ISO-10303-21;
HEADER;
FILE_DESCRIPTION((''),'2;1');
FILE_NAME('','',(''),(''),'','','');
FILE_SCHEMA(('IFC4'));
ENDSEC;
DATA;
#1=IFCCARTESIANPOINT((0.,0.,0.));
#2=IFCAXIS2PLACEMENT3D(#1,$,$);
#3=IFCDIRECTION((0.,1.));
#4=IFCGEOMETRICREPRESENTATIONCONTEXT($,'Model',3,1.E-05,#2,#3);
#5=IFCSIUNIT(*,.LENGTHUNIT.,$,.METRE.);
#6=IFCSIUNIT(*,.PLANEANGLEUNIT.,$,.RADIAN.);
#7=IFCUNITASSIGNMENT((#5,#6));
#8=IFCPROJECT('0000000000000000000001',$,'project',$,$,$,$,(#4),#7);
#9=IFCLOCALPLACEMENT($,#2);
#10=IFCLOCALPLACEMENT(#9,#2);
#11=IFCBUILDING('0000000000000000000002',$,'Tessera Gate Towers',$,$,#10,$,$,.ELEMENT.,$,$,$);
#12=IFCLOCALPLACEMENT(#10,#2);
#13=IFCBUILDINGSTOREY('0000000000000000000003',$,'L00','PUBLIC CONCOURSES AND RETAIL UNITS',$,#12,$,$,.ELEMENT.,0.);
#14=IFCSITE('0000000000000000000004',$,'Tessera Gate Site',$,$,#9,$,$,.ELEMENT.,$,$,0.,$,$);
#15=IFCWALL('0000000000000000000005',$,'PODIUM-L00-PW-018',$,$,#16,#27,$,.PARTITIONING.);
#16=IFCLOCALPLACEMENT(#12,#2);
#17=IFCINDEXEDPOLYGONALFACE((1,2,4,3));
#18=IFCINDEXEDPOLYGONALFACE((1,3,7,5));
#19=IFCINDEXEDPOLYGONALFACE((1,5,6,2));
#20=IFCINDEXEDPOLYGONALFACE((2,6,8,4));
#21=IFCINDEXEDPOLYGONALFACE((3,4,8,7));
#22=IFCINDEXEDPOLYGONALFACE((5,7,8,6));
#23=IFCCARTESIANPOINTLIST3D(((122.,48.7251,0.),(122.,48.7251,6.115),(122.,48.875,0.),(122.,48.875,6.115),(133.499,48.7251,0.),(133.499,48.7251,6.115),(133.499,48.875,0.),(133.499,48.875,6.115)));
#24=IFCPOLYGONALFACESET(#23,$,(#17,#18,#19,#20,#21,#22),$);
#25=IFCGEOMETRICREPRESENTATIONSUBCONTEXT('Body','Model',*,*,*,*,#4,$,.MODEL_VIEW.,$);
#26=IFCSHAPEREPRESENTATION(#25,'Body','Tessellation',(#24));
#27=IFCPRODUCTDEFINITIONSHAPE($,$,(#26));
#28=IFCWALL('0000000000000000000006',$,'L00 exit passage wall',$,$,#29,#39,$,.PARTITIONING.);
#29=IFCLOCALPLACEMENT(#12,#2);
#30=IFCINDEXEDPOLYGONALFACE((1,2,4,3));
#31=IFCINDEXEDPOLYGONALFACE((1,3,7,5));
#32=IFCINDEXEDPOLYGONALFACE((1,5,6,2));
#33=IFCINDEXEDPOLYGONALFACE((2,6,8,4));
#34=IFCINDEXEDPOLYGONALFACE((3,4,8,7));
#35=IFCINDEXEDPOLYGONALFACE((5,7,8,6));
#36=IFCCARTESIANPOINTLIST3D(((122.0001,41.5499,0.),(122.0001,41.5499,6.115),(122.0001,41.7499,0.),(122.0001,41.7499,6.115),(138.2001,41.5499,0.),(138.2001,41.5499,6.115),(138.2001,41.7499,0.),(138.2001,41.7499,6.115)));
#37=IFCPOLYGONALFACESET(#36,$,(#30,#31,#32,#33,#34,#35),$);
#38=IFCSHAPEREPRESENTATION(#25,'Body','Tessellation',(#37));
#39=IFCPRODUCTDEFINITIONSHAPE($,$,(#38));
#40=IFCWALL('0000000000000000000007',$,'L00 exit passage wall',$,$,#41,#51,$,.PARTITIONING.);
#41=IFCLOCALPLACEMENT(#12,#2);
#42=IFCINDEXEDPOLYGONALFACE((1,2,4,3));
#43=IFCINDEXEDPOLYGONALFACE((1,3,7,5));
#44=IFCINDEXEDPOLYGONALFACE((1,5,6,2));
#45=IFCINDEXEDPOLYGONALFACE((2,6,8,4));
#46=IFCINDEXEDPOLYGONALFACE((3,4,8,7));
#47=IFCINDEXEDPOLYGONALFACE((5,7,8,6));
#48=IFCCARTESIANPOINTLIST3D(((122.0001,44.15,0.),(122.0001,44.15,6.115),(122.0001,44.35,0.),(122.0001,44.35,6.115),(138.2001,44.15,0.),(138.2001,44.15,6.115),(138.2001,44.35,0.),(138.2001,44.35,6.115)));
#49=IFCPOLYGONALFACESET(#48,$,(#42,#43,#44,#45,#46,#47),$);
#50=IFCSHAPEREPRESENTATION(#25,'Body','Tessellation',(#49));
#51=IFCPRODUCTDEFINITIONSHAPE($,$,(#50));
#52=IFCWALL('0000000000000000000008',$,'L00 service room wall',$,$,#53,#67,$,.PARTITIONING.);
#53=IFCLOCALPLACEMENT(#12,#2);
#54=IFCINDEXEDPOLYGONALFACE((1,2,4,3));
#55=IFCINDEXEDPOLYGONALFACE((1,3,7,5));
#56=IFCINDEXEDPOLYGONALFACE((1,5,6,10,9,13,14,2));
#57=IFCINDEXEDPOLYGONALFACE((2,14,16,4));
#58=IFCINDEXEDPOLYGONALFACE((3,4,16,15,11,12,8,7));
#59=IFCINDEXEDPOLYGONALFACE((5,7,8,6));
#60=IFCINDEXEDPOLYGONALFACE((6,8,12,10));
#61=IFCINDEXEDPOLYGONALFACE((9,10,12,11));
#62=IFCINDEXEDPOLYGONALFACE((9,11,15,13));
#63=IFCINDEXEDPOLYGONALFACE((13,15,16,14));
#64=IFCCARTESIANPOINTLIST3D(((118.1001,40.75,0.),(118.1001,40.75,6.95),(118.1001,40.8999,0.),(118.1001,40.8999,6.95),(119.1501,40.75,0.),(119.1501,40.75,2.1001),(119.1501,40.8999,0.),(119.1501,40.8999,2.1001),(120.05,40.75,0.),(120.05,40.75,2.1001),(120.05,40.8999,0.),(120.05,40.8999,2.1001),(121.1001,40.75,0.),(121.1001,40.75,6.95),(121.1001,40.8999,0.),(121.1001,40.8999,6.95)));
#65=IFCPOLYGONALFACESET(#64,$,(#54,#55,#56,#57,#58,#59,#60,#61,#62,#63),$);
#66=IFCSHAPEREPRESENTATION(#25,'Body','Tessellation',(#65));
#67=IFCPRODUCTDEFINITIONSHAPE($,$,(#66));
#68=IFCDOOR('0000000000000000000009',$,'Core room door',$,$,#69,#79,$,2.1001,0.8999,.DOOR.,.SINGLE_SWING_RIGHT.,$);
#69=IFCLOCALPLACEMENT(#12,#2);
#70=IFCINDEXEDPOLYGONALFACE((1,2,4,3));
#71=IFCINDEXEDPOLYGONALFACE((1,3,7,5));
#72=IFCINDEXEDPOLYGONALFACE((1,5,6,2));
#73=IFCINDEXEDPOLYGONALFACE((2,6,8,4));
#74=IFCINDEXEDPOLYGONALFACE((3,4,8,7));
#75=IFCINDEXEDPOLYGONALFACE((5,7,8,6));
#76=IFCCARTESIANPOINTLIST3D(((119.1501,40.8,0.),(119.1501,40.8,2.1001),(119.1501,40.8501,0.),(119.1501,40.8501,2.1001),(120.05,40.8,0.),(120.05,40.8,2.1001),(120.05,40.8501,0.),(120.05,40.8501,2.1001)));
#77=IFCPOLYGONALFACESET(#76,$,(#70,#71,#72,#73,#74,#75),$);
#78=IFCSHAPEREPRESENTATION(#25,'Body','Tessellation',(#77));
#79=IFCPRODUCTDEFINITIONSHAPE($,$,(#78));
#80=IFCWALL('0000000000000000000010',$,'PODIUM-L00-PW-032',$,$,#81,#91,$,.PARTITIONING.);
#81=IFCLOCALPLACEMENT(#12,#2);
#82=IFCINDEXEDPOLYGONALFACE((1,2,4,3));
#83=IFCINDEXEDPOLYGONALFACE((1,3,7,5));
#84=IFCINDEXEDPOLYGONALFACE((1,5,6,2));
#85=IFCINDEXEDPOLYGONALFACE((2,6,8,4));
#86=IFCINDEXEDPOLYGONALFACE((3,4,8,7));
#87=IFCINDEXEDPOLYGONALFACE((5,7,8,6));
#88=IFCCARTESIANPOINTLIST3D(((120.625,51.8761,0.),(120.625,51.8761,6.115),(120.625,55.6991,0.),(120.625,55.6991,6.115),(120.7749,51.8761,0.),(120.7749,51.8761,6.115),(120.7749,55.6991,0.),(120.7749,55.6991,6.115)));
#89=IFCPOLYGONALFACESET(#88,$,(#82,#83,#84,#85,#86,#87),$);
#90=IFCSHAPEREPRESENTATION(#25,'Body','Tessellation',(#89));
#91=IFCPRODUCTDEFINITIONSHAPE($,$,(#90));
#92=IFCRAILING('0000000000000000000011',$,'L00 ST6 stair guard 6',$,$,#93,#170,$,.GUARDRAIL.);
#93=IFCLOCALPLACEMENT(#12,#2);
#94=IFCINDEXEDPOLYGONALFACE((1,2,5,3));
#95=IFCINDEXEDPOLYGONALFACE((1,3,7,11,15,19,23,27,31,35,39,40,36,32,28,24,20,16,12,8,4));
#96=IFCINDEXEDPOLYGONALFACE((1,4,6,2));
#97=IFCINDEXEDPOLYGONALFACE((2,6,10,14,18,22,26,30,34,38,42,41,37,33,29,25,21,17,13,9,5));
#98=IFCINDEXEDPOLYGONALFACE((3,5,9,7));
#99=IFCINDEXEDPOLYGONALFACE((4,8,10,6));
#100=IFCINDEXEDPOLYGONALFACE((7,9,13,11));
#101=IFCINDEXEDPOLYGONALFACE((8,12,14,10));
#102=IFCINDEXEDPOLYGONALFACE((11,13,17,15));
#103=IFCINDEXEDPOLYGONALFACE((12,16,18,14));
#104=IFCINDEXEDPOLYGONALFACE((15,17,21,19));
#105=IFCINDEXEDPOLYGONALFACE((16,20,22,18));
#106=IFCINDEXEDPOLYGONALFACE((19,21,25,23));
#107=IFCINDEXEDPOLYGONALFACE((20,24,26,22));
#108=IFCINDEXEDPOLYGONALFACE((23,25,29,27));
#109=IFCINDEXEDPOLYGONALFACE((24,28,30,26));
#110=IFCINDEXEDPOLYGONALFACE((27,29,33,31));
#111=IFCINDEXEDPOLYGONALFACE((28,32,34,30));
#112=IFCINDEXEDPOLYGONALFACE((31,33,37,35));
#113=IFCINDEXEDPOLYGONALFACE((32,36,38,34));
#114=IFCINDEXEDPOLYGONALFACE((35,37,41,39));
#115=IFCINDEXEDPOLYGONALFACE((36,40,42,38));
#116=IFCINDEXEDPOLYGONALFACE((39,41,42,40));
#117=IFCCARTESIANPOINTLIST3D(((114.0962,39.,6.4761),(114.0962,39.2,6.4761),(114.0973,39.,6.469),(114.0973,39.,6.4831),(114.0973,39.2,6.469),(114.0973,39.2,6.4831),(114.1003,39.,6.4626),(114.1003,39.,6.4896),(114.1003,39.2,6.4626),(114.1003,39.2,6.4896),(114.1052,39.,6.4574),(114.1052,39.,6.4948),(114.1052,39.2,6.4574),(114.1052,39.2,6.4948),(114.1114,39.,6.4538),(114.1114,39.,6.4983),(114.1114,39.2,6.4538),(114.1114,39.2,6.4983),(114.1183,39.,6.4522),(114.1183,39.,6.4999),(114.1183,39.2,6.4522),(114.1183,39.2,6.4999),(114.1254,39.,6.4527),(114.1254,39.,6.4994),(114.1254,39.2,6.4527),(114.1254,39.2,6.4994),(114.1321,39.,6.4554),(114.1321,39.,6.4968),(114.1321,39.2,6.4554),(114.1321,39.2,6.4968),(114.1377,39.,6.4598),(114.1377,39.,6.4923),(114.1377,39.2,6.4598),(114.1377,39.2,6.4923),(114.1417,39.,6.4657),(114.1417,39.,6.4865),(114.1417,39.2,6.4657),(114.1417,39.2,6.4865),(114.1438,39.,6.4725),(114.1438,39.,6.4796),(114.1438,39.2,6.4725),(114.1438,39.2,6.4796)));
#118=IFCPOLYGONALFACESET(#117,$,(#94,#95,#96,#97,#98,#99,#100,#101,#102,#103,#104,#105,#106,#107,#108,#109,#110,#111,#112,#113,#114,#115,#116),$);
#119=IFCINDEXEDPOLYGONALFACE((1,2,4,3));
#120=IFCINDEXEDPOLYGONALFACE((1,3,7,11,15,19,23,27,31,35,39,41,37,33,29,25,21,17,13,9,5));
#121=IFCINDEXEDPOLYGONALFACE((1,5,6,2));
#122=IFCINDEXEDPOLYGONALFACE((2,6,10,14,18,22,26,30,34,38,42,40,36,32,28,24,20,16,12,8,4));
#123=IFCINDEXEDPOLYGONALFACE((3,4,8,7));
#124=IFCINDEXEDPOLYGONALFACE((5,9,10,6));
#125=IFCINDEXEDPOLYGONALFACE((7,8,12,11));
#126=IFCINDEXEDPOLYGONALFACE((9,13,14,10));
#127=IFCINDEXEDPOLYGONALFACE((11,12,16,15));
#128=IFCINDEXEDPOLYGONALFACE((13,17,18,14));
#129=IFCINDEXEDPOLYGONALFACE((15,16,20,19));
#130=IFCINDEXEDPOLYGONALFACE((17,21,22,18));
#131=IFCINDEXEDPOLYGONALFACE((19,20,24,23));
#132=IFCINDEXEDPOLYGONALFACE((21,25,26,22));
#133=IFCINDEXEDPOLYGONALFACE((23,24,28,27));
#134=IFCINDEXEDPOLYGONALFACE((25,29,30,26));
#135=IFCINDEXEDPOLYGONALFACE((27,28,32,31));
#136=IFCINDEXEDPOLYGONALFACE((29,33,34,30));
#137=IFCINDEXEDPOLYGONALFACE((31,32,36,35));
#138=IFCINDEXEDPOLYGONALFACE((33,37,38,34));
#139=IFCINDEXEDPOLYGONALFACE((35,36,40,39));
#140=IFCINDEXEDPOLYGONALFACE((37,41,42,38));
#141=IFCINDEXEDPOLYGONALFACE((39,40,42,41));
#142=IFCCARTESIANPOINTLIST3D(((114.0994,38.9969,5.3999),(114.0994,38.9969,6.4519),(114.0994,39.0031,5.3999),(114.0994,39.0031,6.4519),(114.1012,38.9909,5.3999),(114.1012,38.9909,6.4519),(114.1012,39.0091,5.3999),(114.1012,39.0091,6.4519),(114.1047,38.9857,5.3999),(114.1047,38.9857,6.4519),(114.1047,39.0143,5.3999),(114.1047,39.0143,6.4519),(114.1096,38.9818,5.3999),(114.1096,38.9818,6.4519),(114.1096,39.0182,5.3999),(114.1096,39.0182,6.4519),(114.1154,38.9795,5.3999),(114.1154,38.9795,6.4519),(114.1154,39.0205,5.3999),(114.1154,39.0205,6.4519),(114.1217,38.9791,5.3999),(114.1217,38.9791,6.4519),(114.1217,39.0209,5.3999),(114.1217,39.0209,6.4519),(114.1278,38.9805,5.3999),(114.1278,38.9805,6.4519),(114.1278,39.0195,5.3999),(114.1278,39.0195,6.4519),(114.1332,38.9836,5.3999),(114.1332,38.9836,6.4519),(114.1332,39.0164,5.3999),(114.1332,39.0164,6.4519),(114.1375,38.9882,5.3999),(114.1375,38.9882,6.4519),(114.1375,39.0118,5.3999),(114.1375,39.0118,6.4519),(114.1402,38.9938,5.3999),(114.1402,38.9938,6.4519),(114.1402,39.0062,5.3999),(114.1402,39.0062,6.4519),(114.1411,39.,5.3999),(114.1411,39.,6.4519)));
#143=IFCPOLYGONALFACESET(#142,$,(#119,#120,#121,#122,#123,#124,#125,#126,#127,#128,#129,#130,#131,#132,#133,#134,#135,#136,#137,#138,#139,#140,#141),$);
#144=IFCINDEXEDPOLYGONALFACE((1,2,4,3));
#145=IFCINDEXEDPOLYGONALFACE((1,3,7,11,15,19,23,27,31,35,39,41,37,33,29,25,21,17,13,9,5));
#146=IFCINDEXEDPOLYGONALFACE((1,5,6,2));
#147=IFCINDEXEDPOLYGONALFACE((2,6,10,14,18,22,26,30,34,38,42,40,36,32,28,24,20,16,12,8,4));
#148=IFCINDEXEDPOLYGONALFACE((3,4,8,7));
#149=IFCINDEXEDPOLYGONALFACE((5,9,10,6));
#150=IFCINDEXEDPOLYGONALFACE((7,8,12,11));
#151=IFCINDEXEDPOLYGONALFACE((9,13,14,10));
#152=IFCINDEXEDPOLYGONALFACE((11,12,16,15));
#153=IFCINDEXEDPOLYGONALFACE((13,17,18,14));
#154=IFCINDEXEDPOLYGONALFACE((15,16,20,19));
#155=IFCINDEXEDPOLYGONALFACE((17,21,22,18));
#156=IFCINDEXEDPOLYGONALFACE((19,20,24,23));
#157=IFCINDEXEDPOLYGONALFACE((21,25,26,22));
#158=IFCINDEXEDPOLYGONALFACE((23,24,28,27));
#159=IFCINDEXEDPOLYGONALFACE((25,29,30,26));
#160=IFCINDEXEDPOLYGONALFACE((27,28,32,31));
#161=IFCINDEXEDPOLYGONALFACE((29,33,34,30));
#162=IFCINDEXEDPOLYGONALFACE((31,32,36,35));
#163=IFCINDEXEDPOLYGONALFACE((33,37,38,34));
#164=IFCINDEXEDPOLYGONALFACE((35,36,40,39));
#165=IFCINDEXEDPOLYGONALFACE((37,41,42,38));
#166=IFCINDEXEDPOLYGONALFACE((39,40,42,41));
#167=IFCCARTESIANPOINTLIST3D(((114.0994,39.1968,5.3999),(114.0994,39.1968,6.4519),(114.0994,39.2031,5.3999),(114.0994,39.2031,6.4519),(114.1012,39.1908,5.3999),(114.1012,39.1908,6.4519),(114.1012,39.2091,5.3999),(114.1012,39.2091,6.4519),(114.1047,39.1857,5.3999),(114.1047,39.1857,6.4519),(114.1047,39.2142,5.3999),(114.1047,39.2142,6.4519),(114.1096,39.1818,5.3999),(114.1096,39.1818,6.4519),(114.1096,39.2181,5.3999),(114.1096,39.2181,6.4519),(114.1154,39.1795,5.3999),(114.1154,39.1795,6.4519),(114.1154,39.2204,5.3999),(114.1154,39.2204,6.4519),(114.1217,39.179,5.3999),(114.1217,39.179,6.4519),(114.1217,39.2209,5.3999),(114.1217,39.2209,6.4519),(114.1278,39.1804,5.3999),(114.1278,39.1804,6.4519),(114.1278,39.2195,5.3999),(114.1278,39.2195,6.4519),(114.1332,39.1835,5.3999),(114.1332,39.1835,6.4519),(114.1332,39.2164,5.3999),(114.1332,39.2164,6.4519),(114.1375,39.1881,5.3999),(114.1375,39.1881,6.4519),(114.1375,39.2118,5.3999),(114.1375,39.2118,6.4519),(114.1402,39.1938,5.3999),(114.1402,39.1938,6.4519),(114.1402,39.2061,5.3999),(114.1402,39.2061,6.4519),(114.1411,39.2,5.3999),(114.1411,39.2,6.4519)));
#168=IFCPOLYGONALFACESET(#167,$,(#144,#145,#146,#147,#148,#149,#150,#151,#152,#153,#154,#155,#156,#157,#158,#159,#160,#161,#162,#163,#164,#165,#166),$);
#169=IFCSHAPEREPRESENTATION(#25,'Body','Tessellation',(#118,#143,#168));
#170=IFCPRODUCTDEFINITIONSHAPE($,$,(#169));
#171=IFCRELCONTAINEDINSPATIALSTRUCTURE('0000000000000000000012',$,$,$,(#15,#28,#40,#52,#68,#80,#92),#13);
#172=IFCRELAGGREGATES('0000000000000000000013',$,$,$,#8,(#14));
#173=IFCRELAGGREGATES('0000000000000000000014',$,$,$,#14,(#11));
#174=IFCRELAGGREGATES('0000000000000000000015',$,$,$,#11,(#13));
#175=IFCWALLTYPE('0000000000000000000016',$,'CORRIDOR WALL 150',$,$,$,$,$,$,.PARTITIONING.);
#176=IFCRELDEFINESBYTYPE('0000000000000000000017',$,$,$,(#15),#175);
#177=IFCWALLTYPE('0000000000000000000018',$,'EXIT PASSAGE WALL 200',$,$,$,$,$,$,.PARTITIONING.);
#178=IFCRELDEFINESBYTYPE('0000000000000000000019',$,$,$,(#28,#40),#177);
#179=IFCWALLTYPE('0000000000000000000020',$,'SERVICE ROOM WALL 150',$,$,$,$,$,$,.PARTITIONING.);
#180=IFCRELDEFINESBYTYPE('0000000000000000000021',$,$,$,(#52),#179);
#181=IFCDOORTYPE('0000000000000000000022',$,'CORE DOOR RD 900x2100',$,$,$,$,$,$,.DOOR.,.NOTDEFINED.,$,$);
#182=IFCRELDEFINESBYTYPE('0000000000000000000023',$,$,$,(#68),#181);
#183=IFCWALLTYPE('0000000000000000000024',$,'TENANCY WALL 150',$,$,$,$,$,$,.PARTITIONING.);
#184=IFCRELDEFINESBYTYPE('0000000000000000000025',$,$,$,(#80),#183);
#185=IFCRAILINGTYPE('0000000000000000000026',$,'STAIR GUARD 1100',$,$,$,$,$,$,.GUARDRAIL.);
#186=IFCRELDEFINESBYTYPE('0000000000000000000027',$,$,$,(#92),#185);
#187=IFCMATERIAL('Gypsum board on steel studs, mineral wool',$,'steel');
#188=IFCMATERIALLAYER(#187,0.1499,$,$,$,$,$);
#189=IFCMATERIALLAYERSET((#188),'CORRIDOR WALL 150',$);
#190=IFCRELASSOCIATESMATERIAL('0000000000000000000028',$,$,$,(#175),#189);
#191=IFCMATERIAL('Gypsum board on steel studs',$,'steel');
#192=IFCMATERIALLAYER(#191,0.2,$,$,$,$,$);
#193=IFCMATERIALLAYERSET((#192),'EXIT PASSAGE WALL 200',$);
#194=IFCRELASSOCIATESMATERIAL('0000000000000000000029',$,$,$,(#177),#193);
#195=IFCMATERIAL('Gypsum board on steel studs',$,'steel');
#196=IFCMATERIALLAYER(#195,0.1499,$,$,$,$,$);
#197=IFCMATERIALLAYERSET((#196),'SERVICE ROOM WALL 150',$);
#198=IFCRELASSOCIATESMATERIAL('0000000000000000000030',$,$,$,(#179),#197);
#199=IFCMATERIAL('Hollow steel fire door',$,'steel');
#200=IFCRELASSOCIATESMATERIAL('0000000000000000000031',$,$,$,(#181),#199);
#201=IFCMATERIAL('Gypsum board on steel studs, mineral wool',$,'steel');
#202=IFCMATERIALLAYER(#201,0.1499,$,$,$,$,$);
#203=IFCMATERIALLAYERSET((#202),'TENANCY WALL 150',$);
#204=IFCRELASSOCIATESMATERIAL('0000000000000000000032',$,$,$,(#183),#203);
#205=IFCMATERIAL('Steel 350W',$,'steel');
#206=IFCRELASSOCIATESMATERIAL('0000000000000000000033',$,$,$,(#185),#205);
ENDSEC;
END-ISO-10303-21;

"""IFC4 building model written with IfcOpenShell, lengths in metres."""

from ifc_helpers import new_model, si_unit, direction, frame, frame_2d, origin, origin_2d, place, context, subcontext, project, spatial, rectangle, circle, extrude, source, transform, mapped, material, layer, layer_set, type_object, element, fill, save


model = new_model("IFC4")

# Units and contexts
model_context = context("Model", 3, precision=1e-05, world=origin(), true_north=direction((0.0, 1.0)))
body_context = subcontext(model_context, "Body", "Model", "MODEL_VIEW")
ifc_project = project(units=[si_unit("LENGTHUNIT", "METRE"), si_unit("PLANEANGLEUNIT", "RADIAN")], contexts=[model_context])

# Site, building, storey
site_placement = place(None, origin())
site = spatial("IfcSite", under=ifc_project, at=site_placement, Name="Tessera Gate Site", CompositionType="ELEMENT", RefElevation=0.0)
building_placement = place(site_placement, origin())
building = spatial("IfcBuilding", under=site, at=building_placement, Name="Tessera Gate Towers", CompositionType="ELEMENT")
storey_placement = place(building_placement, origin())
storey = spatial("IfcBuildingStorey", under=building, at=storey_placement, Name="L00", Description="PUBLIC CONCOURSES AND RETAIL UNITS", CompositionType="ELEMENT", Elevation=0.0)

# Walls
ifc_material_1 = material(Name="Gypsum board on steel studs, mineral wool", Category="steel")
ifc_layer_1 = layer(ifc_material_1, 0.1499)
ifc_layer_set_1 = layer_set([ifc_layer_1], Name="CORRIDOR WALL 150")
wall_type_1 = type_object("IfcWallType", Name="CORRIDOR WALL 150", PredefinedType="PARTITIONING", material=ifc_layer_set_1)
wall_1_placement = place(storey_placement, frame((122.0, 48.8, 0.0), z_axis=(0.0, 0.0, 1.0), x_axis=(1.0, 0.0, 0.0)))
element("IfcWall", 1, at=wall_1_placement, inside=storey, type_object=wall_type_1, Name="PODIUM-L00-PW-018", PredefinedType="PARTITIONING", context=body_context, shape_type="SweptSolid", body=[
    extrude(rectangle(XDim=11.499, YDim=0.1499, at=frame_2d((5.7495, 0.0))), origin(), (0.0, 0.0, 1.0), 6.115),
])
ifc_material_2 = material(Name="Gypsum board on steel studs", Category="steel")
ifc_layer_2 = layer(ifc_material_2, 0.2)
ifc_layer_set_2 = layer_set([ifc_layer_2], Name="EXIT PASSAGE WALL 200")
wall_type_2 = type_object("IfcWallType", Name="EXIT PASSAGE WALL 200", PredefinedType="PARTITIONING", material=ifc_layer_set_2)
for number, where, z_axis, x_axis, name in (
    (2, (122.0, 41.6499, 0.0), (0.0, 0.0, 1.0), (1.0, 0.0, 0.0), "L00 exit passage wall"),
    (3, (122.0, 44.25, 0.0), (0.0, 0.0, 1.0), (1.0, 0.0, 0.0), "L00 exit passage wall"),
):
    element("IfcWall", number, at=place(storey_placement, frame(where, z_axis=z_axis, x_axis=x_axis)), inside=storey, type_object=wall_type_2, Name=name, PredefinedType="PARTITIONING", context=body_context, shape_type="SweptSolid", body=[
        extrude(rectangle(XDim=16.2, YDim=0.2, at=frame_2d((8.1001, 0.0))), origin(), (0.0, 0.0, 1.0), 6.115),
    ])

# Wall, opening, door
ifc_material_3 = material(Name="Gypsum board on steel studs", Category="steel")
ifc_layer_3 = layer(ifc_material_3, 0.1499)
ifc_layer_set_3 = layer_set([ifc_layer_3], Name="SERVICE ROOM WALL 150")
wall_type_3 = type_object("IfcWallType", Name="SERVICE ROOM WALL 150", PredefinedType="PARTITIONING", material=ifc_layer_set_3)
wall_2_placement = place(storey_placement, frame((121.1001, 40.825, 0.0), z_axis=(0.0, 0.0, 1.0), x_axis=(-1.0, 0.0, 0.0)))
wall_2 = element("IfcWall", 4, at=wall_2_placement, inside=storey, type_object=wall_type_3, Name="L00 service room wall", PredefinedType="PARTITIONING", context=body_context, shape_type="SweptSolid", body=[
    extrude(rectangle(XDim=3.0, YDim=0.1499, at=frame_2d((1.5, 0.0))), origin(), (0.0, 0.0, 1.0), 6.95),
])
shared_shape_1 = source(origin(), body_context, "Body", "SweptSolid", [
    extrude(rectangle(XDim=0.8999, YDim=2.1001, at=frame_2d((0.45, 1.05))), frame((0.0, 0.085, 0.0), z_axis=(0.0, -1.0, 0.0), x_axis=(1.0, 0.0, 0.0)), (0.0, 0.0, 1.0), 0.1699),
])
opening_1_placement = place(wall_2_placement, frame((1.05, 0.0, 0.0)))
opening_1 = element("IfcOpeningElement", 5, at=opening_1_placement, cuts=wall_2, PredefinedType="OPENING", context=body_context, shape_type="MappedRepresentation", body=[
    mapped(shared_shape_1, transform((0.0, 0.0, 0.0), scale=1.0)),
])
ifc_material_4 = material(Name="Hollow steel fire door", Category="steel")
door_type_1 = type_object("IfcDoorType", Name="CORE DOOR RD 900x2100", OperationType="NOTDEFINED", PredefinedType="DOOR", material=ifc_material_4)
shared_shape_2 = source(origin(), body_context, "Body", "SweptSolid", [
    extrude(rectangle(XDim=0.8999, YDim=2.1001, at=frame_2d((0.45, 1.05))), frame((0.0, 0.0249, 0.0), z_axis=(0.0, -1.0, 0.0), x_axis=(1.0, 0.0, 0.0)), (0.0, 0.0, 1.0), 0.05),
])
door_1_placement = place(opening_1_placement, origin())
door_1 = element("IfcDoor", 6, at=door_1_placement, inside=storey, type_object=door_type_1, Name="Core room door", OperationType="SINGLE_SWING_RIGHT", OverallHeight=2.1001, OverallWidth=0.8999, PredefinedType="DOOR", context=body_context, shape_type="MappedRepresentation", body=[
    mapped(shared_shape_2, transform((0.0, 0.0, 0.0), scale=1.0)),
])
fill(opening_1, door_1)

# Wall
ifc_material_5 = material(Name="Gypsum board on steel studs, mineral wool", Category="steel")
ifc_layer_4 = layer(ifc_material_5, 0.1499)
ifc_layer_set_4 = layer_set([ifc_layer_4], Name="TENANCY WALL 150")
wall_type_4 = type_object("IfcWallType", Name="TENANCY WALL 150", PredefinedType="PARTITIONING", material=ifc_layer_set_4)
wall_3_placement = place(storey_placement, frame((120.7, 51.876, 0.0), z_axis=(0.0, 0.0, 1.0), x_axis=(0.0, 1.0, 0.0)))
element("IfcWall", 7, at=wall_3_placement, inside=storey, type_object=wall_type_4, Name="PODIUM-L00-PW-032", PredefinedType="PARTITIONING", context=body_context, shape_type="SweptSolid", body=[
    extrude(rectangle(XDim=3.823, YDim=0.1499, at=frame_2d((1.9116, 0.0))), origin(), (0.0, 0.0, 1.0), 6.115),
])

# Railing
ifc_material_6 = material(Name="Steel 350W", Category="steel")
railing_type = type_object("IfcRailingType", Name="STAIR GUARD 1100", PredefinedType="GUARDRAIL", material=ifc_material_6)
railing_placement = place(storey_placement, frame((114.1201, 39.0, 5.3999)))
element("IfcRailing", 8, at=railing_placement, inside=storey, type_object=railing_type, Name="L00 ST6 stair guard 6", PredefinedType="GUARDRAIL", context=body_context, shape_type="SweptSolid", body=[
    extrude(circle(Radius=0.0239, at=origin_2d()), frame((0.0, 0.0, 1.0762), z_axis=(0.0, 1.0, 0.0), x_axis=(-1.0, 0.0, 0.0)), (0.0, 0.0, 1.0), 0.2),
    extrude(circle(Radius=0.021, at=origin_2d()), origin(), (0.0, 0.0, 1.0), 1.052),
    extrude(circle(Radius=0.021, at=origin_2d()), frame((0.0, 0.2, 0.0)), (0.0, 0.0, 1.0), 1.052),
])

save(model, "model.ifc")
